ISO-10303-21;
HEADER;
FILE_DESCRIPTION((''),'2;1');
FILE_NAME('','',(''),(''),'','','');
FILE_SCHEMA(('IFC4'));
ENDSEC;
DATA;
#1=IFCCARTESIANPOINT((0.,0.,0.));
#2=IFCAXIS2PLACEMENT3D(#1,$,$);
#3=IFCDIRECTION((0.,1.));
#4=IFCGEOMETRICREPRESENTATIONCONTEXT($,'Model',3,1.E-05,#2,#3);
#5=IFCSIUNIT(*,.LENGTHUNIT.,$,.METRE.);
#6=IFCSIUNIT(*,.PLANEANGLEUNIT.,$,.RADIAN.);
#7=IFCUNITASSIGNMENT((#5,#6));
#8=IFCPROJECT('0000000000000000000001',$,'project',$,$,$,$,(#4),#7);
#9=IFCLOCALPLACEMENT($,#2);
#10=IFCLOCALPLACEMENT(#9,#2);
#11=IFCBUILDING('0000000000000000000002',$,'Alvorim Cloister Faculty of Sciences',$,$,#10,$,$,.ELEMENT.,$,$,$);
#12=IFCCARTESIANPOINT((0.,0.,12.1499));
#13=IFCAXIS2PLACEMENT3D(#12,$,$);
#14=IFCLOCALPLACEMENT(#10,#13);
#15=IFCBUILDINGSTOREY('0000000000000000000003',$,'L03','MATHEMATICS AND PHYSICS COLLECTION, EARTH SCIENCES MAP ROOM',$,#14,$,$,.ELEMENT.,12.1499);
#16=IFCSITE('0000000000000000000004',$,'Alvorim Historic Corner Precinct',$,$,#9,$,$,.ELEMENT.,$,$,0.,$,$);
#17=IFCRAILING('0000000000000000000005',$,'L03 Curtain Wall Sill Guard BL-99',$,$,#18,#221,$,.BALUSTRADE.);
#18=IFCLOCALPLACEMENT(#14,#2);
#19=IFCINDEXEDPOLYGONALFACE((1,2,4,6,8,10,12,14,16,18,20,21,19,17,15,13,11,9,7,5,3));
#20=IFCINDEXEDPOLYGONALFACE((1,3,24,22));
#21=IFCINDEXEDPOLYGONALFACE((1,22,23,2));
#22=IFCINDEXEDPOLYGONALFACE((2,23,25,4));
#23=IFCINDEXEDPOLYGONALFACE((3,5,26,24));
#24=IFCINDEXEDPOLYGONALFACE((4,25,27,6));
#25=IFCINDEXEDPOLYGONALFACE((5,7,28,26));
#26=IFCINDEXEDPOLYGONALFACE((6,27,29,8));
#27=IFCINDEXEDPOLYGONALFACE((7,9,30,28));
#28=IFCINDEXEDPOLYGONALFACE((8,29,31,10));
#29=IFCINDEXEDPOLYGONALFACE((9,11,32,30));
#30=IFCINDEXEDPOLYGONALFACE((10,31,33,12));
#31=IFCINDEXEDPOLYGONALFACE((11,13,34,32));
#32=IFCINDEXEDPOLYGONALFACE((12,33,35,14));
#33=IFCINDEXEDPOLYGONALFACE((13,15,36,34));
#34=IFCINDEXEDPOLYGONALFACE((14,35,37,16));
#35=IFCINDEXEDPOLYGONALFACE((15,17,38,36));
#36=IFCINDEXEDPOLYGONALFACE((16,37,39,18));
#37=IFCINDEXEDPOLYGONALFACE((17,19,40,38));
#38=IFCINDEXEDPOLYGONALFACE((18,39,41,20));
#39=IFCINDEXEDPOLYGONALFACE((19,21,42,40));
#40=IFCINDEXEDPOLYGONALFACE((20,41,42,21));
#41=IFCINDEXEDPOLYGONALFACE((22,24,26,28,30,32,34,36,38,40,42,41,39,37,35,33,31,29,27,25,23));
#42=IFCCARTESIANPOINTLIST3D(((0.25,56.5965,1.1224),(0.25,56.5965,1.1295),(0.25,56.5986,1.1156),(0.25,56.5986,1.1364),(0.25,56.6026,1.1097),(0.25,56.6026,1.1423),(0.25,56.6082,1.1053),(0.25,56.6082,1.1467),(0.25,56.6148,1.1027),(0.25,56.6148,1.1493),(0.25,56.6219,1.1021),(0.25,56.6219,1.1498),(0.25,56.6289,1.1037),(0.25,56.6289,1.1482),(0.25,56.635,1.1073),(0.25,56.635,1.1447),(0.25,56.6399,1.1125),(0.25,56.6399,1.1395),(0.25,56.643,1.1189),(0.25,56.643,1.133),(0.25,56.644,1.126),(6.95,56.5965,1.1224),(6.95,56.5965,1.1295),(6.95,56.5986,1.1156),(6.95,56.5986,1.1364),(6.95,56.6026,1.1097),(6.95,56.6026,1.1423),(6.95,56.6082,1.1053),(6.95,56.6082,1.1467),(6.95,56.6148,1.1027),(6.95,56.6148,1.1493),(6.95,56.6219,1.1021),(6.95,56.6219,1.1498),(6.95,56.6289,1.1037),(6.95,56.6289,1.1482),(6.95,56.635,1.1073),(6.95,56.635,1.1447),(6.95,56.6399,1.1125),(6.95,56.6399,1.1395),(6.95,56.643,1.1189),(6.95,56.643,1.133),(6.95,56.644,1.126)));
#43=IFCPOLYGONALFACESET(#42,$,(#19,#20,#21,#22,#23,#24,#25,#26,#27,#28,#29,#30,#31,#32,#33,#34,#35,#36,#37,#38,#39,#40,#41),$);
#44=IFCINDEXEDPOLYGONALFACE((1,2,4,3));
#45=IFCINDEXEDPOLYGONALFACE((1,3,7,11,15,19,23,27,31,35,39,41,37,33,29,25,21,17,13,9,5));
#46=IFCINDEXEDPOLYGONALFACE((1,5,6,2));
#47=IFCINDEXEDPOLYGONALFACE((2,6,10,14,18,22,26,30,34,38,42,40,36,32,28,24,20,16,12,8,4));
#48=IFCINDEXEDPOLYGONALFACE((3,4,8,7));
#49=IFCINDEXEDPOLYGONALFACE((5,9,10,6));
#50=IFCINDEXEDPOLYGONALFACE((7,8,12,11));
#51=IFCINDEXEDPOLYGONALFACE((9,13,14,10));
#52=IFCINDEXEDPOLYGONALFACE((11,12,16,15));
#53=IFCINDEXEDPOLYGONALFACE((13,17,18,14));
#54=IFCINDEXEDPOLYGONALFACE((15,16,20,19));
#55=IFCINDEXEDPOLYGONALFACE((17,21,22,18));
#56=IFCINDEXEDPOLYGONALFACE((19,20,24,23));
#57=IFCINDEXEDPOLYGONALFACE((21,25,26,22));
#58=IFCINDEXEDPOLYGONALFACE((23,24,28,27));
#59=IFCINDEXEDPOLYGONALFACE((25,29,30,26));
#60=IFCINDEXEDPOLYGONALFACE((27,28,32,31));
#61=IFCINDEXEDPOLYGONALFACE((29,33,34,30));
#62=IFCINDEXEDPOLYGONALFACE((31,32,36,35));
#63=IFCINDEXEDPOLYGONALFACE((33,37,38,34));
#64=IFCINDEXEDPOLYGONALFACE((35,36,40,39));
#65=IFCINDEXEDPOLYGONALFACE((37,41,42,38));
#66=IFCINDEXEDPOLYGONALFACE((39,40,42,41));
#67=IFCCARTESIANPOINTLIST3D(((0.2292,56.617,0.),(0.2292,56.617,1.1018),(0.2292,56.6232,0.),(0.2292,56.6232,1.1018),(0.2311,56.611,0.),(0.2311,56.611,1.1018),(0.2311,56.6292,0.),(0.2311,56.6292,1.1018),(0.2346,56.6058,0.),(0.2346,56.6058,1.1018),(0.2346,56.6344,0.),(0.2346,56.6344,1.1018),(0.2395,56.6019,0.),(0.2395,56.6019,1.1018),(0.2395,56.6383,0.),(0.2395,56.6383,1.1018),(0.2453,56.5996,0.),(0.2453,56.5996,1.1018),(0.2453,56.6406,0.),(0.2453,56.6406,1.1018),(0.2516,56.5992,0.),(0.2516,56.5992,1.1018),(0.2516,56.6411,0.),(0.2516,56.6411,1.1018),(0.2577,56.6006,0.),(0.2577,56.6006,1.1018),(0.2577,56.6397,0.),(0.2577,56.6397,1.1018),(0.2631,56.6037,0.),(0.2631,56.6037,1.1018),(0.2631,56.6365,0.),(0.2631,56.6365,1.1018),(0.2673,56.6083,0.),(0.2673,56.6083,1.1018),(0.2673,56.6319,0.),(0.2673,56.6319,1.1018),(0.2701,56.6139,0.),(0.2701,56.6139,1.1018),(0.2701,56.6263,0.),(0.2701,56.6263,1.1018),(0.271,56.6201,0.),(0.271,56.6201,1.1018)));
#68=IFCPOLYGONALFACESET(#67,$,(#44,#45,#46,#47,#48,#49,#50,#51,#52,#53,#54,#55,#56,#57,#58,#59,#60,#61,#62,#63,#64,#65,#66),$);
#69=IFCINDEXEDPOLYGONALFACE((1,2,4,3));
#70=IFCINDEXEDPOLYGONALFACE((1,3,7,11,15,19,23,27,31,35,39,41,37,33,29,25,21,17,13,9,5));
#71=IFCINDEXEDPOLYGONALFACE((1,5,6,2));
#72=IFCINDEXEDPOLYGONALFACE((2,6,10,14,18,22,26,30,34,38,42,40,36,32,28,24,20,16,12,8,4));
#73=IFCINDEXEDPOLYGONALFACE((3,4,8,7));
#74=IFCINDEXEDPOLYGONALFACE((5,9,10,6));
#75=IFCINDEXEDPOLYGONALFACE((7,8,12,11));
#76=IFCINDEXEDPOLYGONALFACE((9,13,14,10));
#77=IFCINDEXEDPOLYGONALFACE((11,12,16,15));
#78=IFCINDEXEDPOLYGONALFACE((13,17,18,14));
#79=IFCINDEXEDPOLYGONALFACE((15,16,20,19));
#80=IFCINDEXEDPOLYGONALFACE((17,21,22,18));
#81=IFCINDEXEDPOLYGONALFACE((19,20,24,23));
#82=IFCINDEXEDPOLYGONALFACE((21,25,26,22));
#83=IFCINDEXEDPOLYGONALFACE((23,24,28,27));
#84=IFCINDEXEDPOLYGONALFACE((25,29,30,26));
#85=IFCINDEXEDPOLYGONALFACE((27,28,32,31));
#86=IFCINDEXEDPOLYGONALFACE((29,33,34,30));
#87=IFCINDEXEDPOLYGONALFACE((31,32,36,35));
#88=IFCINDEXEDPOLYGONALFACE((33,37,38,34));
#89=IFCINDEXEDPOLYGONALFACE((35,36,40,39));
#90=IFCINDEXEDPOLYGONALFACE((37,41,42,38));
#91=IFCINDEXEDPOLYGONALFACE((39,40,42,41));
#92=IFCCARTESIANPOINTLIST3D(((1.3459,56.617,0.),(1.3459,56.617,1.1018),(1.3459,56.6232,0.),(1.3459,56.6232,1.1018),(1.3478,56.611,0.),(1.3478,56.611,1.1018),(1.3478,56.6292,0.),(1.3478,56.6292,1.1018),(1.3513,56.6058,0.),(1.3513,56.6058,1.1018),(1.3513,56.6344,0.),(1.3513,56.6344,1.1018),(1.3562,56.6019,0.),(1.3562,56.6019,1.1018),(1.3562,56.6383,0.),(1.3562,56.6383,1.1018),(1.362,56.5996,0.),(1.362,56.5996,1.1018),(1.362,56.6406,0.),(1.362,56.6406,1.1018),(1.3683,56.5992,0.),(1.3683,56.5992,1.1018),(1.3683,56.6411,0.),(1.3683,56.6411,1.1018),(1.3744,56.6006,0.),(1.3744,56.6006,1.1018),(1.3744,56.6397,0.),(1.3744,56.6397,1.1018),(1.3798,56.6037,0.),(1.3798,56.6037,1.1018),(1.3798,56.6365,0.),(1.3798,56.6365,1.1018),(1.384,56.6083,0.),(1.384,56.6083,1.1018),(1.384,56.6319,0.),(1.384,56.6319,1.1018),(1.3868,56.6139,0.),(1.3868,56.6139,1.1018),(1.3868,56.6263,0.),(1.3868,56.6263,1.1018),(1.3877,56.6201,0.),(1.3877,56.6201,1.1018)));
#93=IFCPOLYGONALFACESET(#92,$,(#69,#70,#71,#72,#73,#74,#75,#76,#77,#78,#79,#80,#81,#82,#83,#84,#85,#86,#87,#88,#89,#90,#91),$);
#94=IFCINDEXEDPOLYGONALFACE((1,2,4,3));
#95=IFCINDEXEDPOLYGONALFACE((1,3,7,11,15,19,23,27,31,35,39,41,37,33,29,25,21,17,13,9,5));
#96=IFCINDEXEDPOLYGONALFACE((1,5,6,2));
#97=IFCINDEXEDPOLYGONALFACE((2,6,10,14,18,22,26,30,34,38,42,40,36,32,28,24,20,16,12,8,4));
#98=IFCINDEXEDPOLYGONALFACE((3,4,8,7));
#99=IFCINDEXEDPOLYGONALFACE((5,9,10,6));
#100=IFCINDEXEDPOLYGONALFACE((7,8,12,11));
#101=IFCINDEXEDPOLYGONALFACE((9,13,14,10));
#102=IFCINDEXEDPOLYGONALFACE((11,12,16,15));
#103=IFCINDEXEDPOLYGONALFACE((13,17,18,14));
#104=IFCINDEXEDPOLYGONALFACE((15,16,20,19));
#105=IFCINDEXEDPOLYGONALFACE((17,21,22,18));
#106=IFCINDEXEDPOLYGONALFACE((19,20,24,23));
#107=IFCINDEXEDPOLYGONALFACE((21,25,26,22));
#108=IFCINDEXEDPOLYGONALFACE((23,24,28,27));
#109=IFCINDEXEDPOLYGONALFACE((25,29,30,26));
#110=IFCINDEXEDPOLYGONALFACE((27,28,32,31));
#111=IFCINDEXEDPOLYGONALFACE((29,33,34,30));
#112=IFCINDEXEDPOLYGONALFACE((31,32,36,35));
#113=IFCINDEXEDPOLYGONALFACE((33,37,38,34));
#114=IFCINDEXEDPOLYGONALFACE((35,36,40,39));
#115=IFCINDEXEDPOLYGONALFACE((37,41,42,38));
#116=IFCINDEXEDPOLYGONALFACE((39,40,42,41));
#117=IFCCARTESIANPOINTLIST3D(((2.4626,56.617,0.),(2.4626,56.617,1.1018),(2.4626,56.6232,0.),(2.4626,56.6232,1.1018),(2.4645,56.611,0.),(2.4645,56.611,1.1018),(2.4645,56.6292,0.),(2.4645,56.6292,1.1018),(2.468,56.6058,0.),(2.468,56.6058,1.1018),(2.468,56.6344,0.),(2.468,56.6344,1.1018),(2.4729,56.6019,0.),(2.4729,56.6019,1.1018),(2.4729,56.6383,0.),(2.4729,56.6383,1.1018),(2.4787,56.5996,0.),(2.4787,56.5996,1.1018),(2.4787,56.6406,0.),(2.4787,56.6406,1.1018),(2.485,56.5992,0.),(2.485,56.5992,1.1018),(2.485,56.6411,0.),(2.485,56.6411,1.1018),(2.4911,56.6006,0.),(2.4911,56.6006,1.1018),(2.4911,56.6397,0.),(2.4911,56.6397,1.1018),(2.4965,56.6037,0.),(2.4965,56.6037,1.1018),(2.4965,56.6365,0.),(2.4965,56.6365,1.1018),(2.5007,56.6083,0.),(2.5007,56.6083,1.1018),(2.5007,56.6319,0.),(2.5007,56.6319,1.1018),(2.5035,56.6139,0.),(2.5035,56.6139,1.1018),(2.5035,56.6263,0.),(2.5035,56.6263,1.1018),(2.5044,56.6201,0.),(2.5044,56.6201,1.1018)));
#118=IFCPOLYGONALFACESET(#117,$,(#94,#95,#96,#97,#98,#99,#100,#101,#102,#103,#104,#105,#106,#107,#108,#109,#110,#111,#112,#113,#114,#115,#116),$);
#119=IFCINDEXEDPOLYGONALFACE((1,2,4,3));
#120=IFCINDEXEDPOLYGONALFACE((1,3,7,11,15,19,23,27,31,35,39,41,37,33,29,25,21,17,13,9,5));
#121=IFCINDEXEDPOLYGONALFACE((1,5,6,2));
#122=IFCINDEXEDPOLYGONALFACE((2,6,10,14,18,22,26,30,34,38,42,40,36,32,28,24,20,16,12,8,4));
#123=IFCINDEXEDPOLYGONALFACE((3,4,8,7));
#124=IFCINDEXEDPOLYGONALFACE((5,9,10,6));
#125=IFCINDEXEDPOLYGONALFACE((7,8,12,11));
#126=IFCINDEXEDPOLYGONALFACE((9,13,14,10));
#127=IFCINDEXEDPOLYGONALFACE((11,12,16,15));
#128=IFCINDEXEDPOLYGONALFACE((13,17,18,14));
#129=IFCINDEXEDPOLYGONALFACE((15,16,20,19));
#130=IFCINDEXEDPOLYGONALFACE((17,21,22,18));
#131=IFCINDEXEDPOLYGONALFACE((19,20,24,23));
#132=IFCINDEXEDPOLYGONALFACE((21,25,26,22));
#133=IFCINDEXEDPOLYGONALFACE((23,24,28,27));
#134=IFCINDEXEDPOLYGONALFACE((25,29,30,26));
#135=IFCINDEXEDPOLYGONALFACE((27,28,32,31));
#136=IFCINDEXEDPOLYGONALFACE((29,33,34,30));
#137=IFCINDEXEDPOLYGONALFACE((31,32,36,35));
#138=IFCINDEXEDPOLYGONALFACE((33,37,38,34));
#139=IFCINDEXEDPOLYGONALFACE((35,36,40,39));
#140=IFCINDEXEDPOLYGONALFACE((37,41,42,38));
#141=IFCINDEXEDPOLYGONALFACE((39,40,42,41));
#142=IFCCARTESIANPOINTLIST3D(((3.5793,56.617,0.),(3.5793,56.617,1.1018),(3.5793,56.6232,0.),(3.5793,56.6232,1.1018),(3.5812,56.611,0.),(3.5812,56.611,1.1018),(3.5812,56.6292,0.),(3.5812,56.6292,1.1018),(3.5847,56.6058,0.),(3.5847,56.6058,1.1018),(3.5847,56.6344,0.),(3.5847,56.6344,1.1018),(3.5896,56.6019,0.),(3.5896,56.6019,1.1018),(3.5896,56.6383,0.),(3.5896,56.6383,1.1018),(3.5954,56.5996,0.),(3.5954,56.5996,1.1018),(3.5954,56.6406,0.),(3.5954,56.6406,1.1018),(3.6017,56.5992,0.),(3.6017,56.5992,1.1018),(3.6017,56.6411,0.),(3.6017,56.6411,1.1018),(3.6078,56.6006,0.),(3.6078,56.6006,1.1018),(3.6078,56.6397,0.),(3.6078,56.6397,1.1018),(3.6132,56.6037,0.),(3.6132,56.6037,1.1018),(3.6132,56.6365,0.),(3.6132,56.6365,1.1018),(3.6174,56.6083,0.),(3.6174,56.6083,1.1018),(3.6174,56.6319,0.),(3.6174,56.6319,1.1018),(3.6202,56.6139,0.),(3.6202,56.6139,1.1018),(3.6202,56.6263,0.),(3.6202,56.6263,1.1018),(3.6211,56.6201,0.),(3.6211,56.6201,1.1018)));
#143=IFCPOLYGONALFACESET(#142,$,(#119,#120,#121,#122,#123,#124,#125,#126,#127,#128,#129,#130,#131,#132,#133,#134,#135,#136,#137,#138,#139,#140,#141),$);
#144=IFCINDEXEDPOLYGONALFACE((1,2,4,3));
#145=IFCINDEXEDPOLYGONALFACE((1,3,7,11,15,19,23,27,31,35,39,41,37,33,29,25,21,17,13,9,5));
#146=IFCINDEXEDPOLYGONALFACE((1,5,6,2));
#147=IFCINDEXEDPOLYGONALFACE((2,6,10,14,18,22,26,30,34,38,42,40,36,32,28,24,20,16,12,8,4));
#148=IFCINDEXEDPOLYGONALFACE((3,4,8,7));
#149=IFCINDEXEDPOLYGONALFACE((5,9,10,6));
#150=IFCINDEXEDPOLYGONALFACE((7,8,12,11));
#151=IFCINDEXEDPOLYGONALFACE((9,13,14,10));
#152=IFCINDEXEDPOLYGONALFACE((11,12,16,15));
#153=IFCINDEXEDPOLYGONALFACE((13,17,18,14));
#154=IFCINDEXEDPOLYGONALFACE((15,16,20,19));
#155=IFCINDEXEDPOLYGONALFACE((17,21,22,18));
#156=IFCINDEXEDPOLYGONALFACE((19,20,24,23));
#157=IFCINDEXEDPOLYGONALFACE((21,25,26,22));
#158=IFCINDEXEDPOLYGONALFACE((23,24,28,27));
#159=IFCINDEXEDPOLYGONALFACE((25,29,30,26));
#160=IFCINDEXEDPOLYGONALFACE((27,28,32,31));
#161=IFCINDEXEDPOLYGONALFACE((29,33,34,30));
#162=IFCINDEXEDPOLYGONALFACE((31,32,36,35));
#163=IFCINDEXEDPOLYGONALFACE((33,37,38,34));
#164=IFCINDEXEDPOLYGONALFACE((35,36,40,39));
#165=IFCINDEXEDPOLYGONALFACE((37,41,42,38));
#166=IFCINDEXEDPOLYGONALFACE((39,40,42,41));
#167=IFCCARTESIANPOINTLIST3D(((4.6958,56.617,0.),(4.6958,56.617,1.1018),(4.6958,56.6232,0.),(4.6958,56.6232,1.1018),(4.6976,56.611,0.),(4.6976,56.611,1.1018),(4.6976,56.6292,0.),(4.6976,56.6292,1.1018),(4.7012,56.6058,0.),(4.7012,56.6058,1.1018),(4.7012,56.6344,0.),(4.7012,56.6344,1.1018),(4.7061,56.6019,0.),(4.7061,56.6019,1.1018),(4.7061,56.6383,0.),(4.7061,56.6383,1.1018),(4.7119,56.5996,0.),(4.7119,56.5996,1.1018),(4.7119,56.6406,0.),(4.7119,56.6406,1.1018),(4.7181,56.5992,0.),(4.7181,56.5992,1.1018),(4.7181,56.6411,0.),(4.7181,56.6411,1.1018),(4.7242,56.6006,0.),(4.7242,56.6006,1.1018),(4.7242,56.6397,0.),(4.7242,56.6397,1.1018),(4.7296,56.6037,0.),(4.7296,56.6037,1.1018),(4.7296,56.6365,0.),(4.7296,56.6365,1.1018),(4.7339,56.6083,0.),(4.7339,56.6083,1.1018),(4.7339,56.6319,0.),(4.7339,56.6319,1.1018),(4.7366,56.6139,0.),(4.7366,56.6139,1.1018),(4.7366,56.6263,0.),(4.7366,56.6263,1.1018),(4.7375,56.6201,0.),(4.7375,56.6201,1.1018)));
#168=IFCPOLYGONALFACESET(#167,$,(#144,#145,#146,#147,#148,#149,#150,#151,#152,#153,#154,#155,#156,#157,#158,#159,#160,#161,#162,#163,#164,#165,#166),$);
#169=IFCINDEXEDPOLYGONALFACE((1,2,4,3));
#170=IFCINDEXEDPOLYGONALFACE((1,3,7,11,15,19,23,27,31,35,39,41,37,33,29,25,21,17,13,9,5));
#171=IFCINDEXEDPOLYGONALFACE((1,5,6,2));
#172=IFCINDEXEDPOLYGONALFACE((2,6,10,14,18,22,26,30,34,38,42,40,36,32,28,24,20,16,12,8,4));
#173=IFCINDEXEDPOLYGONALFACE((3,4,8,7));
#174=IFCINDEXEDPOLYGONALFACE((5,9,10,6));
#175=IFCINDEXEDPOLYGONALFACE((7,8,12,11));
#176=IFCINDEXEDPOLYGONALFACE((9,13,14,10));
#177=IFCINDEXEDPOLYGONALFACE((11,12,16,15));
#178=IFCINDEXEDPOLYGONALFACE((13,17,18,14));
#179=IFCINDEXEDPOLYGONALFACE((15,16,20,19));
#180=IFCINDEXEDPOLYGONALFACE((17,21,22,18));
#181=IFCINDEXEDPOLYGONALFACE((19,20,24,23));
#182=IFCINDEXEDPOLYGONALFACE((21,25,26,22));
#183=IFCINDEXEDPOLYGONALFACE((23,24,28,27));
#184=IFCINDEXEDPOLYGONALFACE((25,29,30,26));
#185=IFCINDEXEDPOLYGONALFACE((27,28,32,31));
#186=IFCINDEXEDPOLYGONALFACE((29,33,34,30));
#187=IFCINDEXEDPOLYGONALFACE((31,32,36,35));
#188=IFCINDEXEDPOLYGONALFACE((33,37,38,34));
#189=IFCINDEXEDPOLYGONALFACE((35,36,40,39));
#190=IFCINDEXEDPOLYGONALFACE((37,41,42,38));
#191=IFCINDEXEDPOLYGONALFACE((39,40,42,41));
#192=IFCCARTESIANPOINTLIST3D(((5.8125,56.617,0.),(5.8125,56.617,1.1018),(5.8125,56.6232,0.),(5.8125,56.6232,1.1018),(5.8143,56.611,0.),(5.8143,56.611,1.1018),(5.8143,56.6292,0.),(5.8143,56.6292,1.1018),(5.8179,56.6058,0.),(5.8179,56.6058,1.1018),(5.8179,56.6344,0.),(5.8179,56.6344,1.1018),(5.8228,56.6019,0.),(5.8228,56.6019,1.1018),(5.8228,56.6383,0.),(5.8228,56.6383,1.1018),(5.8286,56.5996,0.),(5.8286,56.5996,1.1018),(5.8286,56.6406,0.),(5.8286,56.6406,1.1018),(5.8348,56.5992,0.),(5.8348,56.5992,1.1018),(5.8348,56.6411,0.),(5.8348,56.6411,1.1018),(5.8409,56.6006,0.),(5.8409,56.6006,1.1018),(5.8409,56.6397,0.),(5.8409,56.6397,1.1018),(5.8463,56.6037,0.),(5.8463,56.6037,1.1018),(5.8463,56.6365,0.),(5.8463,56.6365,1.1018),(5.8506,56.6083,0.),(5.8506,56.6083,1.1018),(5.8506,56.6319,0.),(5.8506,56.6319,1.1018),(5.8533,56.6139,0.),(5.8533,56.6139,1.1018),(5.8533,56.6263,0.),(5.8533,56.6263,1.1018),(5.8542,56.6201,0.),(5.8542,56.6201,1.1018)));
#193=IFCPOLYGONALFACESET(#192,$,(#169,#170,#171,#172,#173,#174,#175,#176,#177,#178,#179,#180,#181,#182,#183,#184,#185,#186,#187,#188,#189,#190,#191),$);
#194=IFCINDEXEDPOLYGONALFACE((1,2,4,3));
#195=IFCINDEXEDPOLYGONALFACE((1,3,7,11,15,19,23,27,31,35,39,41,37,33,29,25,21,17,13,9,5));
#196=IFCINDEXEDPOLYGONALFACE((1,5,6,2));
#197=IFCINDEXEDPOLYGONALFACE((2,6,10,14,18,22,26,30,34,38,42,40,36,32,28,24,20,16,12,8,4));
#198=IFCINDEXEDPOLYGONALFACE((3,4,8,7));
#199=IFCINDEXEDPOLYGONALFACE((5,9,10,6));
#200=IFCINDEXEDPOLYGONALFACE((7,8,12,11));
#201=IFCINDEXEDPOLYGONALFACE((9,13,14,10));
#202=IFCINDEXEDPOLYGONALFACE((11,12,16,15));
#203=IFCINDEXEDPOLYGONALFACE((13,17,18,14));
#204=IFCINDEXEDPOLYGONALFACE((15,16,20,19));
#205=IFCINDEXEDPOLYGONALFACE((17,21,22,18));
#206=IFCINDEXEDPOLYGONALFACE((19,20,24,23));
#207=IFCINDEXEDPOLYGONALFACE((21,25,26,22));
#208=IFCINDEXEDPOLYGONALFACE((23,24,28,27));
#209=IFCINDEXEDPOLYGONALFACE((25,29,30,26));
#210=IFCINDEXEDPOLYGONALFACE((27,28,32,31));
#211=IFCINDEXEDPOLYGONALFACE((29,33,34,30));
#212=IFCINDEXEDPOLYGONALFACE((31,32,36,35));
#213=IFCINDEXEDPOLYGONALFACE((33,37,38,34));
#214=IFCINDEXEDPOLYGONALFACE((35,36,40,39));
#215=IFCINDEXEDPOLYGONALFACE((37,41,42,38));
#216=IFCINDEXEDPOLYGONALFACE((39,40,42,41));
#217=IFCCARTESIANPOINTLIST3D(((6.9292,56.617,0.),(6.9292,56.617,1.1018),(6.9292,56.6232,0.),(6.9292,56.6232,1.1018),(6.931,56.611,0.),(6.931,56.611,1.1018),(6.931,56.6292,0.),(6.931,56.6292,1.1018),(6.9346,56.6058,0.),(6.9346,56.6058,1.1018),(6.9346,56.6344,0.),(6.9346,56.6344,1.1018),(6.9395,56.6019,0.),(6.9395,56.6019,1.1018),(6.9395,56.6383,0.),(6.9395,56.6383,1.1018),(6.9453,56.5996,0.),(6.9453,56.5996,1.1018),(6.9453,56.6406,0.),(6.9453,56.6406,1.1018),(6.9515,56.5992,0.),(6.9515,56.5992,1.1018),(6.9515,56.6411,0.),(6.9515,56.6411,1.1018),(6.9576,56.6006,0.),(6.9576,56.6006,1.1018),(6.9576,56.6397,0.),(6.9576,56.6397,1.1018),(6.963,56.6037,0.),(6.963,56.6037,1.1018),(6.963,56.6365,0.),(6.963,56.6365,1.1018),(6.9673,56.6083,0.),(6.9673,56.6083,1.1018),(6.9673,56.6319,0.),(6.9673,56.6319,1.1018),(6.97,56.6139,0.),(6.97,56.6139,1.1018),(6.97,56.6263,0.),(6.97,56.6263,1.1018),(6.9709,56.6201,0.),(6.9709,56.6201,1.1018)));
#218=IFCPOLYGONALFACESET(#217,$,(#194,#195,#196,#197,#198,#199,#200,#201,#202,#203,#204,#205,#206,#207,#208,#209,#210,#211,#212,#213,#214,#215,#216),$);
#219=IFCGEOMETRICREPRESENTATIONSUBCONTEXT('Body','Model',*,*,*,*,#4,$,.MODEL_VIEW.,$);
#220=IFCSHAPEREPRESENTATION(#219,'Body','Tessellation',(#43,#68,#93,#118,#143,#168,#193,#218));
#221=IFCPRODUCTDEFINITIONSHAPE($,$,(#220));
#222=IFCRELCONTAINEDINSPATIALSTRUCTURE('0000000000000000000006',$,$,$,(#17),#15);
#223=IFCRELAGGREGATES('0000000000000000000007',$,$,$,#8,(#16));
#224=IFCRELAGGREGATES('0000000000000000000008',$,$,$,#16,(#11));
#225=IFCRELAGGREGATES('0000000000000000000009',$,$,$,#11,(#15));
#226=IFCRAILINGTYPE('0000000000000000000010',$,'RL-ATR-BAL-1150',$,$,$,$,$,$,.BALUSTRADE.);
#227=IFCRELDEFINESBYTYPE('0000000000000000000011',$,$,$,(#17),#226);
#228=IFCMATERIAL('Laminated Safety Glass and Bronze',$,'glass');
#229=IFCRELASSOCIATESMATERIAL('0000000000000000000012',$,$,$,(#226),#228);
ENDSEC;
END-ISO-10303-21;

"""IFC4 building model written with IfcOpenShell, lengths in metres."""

from ifc_helpers import new_model, si_unit, direction, frame, origin, origin_2d, place, context, subcontext, project, spatial, circle, extrude, material, type_object, element, save


model = new_model("IFC4")

# Units and contexts
model_context = context("Model", 3, precision=1e-05, world=origin(), true_north=direction((0.0, 1.0)))
body_context = subcontext(model_context, "Body", "Model", "MODEL_VIEW")
ifc_project = project(units=[si_unit("LENGTHUNIT", "METRE"), si_unit("PLANEANGLEUNIT", "RADIAN")], contexts=[model_context])

# Site, building, storey
site_placement = place(None, origin())
site = spatial("IfcSite", under=ifc_project, at=site_placement, Name="Alvorim Historic Corner Precinct", CompositionType="ELEMENT", RefElevation=0.0)
building_placement = place(site_placement, origin())
building = spatial("IfcBuilding", under=site, at=building_placement, Name="Alvorim Cloister Faculty of Sciences", CompositionType="ELEMENT")
storey_placement = place(building_placement, frame((0.0, 0.0, 12.1499)))
storey = spatial("IfcBuildingStorey", under=building, at=storey_placement, Name="L03", Description="MATHEMATICS AND PHYSICS COLLECTION, EARTH SCIENCES MAP ROOM", CompositionType="ELEMENT", Elevation=12.1499)

# Railing
ifc_material_1 = material(Name="Laminated Safety Glass and Bronze", Category="glass")
railing_type = type_object("IfcRailingType", Name="RL-ATR-BAL-1150", PredefinedType="BALUSTRADE", material=ifc_material_1)
railing_1_placement = place(storey_placement, frame((0.25, 56.6201, 0.0)))
element("IfcRailing", 1, at=railing_1_placement, inside=storey, type_object=railing_type, Name="L03 Curtain Wall Sill Guard BL-99", PredefinedType="BALUSTRADE", context=body_context, shape_type="SweptSolid", body=[
    extrude(circle(Radius=0.0239, at=origin_2d()), frame((0.0, 0.0, 1.126), z_axis=(1.0, 0.0, 0.0), x_axis=(0.0, 1.0, 0.0)), (0.0, 0.0, 1.0), 6.7),
    extrude(circle(Radius=0.021, at=origin_2d()), origin(), (0.0, 0.0, 1.0), 1.1018),
    extrude(circle(Radius=0.021, at=origin_2d()), frame((1.1167, 0.0, 0.0)), (0.0, 0.0, 1.0), 1.1018),
    extrude(circle(Radius=0.021, at=origin_2d()), frame((2.2334, 0.0, 0.0)), (0.0, 0.0, 1.0), 1.1018),
    extrude(circle(Radius=0.021, at=origin_2d()), frame((3.3501, 0.0, 0.0)), (0.0, 0.0, 1.0), 1.1018),
    extrude(circle(Radius=0.021, at=origin_2d()), frame((4.4666, 0.0, 0.0)), (0.0, 0.0, 1.0), 1.1018),
    extrude(circle(Radius=0.021, at=origin_2d()), frame((5.5833, 0.0, 0.0)), (0.0, 0.0, 1.0), 1.1018),
    extrude(circle(Radius=0.021, at=origin_2d()), frame((6.7, 0.0, 0.0)), (0.0, 0.0, 1.0), 1.1018),
])

save(model, "model.ifc")
